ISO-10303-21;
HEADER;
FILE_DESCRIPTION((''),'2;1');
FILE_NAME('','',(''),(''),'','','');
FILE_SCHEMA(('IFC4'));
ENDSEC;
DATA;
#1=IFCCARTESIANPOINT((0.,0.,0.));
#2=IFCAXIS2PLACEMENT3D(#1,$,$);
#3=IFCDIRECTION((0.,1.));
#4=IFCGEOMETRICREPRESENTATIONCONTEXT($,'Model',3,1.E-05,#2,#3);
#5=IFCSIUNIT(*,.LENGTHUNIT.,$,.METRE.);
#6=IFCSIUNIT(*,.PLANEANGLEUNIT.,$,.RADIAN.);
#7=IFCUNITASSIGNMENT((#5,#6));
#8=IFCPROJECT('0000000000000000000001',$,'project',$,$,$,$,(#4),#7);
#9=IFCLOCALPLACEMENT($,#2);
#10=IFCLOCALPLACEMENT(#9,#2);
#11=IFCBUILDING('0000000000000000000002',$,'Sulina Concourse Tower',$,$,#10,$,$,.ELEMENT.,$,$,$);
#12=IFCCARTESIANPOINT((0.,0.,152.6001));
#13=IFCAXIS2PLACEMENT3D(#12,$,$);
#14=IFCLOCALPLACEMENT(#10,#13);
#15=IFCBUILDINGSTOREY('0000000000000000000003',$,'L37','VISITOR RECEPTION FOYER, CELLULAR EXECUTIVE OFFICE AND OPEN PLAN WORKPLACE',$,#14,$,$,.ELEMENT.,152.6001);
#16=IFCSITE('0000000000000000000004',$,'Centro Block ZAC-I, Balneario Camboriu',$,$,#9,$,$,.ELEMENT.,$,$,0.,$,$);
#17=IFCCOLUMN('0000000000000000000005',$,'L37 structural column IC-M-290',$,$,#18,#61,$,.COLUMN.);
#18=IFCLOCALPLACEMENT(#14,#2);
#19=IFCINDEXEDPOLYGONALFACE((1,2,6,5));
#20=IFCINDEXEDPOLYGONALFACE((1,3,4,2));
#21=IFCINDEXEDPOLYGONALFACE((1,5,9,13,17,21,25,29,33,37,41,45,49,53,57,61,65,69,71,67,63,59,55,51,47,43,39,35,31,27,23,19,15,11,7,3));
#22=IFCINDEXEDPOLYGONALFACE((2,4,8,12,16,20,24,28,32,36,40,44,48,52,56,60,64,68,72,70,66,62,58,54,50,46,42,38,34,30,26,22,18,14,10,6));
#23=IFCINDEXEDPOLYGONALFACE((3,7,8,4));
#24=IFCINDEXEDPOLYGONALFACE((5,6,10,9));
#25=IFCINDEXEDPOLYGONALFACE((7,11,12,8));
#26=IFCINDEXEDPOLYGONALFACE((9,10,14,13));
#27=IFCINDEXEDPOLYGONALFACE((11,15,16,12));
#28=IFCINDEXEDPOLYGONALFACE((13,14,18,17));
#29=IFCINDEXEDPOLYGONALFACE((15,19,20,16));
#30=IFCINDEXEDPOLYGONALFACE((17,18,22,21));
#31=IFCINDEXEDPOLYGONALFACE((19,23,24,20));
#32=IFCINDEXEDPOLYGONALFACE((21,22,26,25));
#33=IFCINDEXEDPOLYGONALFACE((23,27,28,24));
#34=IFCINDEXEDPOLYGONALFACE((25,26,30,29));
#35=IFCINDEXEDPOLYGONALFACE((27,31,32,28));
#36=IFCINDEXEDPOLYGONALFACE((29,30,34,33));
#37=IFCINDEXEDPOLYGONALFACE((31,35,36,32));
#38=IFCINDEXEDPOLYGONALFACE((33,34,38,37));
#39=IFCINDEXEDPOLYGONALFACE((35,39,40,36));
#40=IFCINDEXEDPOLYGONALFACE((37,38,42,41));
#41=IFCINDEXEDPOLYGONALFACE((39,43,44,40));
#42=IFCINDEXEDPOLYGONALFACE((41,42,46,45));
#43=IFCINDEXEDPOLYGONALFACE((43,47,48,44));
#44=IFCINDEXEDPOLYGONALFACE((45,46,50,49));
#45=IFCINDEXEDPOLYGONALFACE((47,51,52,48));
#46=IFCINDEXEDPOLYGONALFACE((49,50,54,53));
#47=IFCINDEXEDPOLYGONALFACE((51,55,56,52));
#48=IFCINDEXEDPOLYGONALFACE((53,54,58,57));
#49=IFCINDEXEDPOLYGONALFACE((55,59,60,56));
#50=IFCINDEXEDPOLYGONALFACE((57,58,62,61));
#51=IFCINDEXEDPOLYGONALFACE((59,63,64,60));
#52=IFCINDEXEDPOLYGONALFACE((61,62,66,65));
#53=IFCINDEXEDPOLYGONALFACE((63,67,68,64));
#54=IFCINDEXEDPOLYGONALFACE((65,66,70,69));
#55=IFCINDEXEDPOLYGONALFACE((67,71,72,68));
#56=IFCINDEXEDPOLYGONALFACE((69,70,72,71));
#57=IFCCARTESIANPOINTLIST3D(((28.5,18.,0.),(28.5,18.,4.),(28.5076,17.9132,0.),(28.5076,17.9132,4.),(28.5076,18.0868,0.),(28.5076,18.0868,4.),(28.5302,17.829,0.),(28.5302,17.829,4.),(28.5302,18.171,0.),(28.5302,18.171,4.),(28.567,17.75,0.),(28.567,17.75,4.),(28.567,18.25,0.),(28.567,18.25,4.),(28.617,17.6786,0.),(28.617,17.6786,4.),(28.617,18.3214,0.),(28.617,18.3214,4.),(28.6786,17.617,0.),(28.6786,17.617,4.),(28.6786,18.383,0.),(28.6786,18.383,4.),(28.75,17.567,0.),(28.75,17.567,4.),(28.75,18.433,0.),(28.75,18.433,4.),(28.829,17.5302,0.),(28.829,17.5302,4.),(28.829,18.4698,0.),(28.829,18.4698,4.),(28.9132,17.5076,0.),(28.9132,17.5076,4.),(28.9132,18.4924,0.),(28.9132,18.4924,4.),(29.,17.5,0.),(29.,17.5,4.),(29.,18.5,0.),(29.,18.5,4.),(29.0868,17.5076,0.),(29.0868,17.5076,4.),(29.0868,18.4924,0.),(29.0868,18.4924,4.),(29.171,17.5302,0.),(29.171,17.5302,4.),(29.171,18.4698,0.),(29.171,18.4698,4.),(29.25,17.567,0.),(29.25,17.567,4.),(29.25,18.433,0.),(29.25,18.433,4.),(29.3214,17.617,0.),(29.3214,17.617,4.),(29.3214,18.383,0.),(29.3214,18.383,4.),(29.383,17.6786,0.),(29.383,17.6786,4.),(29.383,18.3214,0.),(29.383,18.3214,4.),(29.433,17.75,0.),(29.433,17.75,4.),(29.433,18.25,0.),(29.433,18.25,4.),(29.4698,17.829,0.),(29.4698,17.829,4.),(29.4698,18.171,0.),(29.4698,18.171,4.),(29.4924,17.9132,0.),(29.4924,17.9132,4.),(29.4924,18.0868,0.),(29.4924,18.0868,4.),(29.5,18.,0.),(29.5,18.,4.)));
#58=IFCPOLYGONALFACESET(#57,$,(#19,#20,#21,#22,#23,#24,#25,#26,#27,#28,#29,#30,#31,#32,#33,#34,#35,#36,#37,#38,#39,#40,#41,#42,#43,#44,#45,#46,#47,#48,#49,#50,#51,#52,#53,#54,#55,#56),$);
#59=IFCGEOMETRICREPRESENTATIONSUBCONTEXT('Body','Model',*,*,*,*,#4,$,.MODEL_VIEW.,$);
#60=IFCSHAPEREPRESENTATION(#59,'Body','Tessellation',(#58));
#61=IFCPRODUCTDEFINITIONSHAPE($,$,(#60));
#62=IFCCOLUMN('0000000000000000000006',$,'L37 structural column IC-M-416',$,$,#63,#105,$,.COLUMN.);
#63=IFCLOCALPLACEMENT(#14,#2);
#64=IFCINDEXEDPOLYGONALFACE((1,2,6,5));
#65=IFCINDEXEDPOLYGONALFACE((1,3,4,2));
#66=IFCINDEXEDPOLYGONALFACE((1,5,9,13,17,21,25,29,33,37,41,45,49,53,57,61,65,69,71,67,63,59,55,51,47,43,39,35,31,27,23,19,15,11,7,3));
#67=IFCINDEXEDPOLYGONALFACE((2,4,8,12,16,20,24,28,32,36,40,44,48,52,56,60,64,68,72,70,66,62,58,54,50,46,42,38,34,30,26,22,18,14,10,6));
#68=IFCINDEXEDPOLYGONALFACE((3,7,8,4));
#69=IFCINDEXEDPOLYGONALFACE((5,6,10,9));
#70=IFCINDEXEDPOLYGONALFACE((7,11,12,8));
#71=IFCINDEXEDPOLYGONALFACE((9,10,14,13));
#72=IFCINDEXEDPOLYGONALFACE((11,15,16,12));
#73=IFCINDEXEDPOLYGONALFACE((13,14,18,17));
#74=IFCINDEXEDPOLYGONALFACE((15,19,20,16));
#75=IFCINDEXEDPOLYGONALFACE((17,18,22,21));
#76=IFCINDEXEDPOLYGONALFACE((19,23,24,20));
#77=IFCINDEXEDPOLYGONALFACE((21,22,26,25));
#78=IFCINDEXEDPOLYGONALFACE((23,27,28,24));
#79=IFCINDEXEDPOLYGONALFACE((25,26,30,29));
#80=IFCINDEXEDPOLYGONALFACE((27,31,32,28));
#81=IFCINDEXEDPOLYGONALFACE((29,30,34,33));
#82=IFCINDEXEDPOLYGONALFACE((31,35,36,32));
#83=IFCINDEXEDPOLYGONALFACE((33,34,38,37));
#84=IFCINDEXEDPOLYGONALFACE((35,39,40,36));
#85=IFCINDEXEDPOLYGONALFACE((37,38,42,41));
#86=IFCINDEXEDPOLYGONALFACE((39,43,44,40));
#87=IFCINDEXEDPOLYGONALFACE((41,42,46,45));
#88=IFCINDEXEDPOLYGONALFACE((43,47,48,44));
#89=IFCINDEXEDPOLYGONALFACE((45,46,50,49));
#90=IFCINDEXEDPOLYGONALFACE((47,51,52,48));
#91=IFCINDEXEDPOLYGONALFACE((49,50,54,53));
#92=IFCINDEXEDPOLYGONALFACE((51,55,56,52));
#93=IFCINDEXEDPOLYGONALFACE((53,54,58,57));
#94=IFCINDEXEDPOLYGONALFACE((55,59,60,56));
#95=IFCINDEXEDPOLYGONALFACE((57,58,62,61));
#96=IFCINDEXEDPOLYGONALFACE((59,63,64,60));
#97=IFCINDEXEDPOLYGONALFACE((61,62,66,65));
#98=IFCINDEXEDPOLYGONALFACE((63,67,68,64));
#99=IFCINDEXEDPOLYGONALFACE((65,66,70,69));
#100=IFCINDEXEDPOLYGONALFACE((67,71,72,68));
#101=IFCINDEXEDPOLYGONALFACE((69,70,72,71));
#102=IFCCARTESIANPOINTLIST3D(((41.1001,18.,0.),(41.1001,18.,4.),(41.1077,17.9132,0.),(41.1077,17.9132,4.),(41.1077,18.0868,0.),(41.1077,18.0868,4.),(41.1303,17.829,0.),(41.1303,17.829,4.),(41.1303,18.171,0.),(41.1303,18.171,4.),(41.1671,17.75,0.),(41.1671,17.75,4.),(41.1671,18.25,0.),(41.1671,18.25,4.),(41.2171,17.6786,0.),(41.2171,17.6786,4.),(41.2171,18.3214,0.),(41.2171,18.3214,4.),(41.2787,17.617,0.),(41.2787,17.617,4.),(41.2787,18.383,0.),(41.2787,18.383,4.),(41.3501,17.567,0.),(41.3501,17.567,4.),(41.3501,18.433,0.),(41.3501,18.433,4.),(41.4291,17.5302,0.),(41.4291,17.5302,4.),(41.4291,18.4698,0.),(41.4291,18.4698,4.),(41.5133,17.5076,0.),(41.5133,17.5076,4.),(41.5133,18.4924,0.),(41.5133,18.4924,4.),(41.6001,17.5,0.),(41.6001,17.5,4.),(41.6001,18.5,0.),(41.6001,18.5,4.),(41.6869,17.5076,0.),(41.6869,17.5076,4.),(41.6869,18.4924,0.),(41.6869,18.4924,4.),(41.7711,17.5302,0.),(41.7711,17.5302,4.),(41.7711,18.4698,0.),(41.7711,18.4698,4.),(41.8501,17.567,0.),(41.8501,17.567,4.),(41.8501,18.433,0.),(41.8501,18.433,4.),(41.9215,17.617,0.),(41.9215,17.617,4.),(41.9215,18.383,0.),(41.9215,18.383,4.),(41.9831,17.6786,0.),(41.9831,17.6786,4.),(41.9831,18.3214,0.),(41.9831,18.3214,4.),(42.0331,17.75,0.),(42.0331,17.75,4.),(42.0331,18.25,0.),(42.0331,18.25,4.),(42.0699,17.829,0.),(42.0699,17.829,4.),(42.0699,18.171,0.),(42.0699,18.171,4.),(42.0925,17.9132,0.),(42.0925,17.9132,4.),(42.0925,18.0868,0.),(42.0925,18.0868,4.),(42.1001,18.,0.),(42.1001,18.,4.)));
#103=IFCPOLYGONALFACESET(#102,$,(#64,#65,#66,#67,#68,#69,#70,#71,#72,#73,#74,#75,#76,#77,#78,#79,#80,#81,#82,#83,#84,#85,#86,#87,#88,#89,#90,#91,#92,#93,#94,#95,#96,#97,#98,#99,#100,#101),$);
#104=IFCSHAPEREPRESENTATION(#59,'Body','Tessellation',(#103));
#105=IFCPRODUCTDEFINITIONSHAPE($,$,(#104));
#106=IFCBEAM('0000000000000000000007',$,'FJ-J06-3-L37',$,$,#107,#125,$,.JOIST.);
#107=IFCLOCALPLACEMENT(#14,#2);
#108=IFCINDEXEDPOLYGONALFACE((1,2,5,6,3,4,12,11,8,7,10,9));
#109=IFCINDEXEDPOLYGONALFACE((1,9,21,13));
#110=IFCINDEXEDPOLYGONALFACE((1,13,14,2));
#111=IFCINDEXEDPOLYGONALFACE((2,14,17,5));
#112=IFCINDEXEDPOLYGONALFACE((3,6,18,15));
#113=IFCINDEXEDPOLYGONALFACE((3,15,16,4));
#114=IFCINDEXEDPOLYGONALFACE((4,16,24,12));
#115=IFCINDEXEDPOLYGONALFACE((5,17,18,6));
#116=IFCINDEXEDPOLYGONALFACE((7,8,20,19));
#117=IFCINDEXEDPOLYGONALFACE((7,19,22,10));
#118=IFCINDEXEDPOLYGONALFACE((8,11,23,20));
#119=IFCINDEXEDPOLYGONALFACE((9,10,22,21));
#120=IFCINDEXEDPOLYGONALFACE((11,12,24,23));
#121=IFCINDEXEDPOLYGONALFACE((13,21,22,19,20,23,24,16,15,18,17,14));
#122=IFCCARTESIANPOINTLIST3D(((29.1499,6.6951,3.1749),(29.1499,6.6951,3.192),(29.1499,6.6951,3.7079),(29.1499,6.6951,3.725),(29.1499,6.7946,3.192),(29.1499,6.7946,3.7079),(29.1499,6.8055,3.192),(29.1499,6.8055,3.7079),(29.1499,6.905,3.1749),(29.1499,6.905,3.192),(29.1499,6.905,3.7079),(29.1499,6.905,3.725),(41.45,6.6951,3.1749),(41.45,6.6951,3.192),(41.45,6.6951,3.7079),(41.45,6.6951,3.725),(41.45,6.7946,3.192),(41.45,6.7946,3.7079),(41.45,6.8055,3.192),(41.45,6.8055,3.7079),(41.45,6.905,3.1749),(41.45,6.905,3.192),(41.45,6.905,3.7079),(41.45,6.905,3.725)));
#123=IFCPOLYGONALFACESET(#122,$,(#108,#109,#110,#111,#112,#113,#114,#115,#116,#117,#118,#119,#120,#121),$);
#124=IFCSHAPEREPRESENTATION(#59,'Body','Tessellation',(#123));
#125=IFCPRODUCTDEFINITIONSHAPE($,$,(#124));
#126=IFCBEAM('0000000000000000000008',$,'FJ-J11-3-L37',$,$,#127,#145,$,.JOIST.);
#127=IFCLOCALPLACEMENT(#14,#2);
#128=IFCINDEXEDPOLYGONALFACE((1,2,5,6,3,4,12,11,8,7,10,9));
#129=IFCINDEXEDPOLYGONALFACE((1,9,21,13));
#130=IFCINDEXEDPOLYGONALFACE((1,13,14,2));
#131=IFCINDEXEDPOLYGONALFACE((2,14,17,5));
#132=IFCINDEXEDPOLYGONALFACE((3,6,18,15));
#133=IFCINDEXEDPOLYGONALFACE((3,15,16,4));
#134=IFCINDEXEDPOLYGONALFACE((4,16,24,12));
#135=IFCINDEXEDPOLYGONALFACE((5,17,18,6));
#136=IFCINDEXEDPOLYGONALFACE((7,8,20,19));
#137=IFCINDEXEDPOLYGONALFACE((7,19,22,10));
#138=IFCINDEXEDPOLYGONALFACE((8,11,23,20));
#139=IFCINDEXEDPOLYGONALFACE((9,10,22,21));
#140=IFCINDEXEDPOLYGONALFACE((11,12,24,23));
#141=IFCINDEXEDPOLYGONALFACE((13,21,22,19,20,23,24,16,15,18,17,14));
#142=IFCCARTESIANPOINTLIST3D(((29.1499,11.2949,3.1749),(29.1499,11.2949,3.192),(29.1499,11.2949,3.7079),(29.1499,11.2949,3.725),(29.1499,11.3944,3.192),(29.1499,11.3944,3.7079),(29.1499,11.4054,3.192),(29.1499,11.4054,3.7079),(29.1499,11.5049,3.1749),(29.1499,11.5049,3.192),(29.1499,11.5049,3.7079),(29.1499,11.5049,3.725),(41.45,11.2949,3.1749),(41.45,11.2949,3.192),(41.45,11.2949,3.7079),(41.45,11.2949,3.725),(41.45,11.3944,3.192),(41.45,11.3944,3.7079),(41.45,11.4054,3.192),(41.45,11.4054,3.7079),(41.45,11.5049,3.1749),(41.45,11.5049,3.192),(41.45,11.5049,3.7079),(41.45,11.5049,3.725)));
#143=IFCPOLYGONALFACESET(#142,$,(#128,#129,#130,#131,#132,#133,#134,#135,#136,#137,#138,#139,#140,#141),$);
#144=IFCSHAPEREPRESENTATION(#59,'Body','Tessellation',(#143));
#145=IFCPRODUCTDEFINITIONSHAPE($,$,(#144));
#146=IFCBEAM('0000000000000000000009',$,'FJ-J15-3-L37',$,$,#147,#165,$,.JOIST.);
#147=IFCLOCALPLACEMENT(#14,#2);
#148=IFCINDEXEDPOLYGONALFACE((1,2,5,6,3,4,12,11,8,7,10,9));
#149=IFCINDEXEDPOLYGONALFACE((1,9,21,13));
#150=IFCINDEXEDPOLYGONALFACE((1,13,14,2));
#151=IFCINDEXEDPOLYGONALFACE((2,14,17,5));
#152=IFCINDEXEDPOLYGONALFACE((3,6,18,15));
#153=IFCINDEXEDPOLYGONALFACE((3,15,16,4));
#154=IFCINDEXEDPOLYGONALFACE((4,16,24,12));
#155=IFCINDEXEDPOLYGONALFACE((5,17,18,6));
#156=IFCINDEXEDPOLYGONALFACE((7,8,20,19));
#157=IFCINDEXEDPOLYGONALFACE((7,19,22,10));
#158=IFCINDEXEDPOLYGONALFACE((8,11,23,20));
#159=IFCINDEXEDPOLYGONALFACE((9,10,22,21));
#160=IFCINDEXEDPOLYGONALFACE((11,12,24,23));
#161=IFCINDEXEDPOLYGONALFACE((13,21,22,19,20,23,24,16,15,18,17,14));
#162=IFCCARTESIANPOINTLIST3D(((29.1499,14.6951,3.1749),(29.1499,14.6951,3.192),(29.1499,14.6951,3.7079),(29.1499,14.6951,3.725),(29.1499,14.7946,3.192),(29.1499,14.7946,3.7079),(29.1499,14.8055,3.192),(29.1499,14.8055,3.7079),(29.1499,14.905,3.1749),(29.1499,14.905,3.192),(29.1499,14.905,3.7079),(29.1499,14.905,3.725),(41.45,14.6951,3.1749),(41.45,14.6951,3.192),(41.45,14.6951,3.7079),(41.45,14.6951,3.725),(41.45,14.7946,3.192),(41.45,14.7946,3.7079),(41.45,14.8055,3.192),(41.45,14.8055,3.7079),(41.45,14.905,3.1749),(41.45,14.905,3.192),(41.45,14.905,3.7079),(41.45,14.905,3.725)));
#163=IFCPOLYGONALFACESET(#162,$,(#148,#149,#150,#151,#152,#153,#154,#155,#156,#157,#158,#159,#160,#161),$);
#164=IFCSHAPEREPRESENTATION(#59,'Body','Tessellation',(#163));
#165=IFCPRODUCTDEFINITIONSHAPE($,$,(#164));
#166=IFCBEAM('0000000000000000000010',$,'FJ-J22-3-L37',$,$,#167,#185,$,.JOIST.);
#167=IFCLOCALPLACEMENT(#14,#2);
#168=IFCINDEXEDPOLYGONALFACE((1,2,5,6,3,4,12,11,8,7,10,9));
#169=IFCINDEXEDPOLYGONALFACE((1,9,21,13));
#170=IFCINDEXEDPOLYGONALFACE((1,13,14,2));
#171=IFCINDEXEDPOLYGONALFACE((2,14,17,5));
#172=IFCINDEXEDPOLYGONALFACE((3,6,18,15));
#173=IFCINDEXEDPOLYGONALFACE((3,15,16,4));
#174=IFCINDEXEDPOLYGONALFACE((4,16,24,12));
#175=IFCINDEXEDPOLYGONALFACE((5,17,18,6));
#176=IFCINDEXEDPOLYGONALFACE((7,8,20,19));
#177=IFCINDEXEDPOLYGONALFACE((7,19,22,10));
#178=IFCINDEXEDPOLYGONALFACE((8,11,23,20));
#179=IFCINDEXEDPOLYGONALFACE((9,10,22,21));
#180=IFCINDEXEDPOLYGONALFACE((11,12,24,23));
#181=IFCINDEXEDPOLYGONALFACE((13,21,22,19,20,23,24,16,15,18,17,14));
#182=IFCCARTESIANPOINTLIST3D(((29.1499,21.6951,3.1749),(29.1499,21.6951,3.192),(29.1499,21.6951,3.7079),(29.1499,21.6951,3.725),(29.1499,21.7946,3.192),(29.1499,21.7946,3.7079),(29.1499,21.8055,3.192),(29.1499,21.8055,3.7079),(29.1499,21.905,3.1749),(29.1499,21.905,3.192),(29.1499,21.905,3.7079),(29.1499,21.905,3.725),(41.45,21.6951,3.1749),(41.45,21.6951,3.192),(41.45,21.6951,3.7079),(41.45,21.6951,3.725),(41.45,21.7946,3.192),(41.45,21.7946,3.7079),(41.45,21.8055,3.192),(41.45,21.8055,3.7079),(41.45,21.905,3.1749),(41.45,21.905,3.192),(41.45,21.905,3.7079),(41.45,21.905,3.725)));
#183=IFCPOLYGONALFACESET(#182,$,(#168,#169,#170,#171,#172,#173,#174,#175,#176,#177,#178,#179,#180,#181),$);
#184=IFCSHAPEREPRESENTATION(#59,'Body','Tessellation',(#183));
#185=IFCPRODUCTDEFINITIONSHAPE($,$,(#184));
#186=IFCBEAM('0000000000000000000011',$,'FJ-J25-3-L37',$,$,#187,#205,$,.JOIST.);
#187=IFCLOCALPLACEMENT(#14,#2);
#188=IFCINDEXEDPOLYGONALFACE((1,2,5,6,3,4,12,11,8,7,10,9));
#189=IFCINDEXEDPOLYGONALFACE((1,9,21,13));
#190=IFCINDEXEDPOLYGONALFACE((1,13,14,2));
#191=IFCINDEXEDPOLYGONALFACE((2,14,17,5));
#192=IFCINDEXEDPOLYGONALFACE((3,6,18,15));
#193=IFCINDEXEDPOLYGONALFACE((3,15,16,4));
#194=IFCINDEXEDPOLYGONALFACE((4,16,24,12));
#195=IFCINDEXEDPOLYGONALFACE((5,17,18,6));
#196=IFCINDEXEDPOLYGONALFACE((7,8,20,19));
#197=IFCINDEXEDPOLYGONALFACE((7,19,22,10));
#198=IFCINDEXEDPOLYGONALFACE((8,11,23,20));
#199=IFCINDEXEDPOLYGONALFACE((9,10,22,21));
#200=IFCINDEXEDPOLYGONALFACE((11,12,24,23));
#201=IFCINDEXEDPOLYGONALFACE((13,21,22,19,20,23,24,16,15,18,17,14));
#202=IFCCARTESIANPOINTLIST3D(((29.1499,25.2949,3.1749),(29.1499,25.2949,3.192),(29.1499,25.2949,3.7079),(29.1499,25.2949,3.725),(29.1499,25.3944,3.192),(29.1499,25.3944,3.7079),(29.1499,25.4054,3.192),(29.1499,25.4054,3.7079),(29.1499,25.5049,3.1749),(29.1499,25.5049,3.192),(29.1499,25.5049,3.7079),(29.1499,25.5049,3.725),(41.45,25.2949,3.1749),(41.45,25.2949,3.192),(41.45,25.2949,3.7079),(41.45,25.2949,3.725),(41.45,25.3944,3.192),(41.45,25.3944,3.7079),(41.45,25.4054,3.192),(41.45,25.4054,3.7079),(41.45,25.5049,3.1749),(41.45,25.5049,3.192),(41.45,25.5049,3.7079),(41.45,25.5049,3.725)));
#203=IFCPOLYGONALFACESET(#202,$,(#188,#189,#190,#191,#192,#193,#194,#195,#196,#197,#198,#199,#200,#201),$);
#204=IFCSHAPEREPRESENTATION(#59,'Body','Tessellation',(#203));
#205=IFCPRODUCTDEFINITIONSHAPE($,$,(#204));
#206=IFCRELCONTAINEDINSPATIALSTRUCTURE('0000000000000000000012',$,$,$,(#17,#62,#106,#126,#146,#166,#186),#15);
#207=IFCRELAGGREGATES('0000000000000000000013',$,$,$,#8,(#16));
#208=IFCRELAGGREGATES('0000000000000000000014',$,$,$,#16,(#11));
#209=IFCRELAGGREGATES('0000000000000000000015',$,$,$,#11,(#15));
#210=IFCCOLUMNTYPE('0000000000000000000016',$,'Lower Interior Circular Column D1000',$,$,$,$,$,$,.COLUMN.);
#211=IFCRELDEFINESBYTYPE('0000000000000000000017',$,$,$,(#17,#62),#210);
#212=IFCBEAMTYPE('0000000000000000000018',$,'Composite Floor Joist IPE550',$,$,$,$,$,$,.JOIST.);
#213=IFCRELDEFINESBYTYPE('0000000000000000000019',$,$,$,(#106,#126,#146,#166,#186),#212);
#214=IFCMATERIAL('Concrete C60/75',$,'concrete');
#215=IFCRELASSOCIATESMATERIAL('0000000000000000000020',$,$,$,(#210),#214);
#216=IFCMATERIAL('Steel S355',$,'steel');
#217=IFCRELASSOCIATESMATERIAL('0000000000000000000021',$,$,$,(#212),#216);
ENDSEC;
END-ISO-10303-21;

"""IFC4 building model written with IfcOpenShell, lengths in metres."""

from ifc_helpers import new_model, si_unit, direction, frame, origin, origin_2d, place, context, subcontext, project, spatial, circle, i_section, extrude, material, material_profile, profile_set, type_object, element, save


model = new_model("IFC4")

# Units and contexts
model_context = context("Model", 3, precision=1e-05, world=origin(), true_north=direction((0.0, 1.0)))
body_context = subcontext(model_context, "Body", "Model", "MODEL_VIEW")
ifc_project = project(units=[si_unit("LENGTHUNIT", "METRE"), si_unit("PLANEANGLEUNIT", "RADIAN")], contexts=[model_context])

# Site, building, storey
site_placement = place(None, origin())
site = spatial("IfcSite", under=ifc_project, at=site_placement, Name="Centro Block ZAC-I, Balneario Camboriu", CompositionType="ELEMENT", RefElevation=0.0)
building_placement = place(site_placement, origin())
building = spatial("IfcBuilding", under=site, at=building_placement, Name="Sulina Concourse Tower", CompositionType="ELEMENT")
storey_placement = place(building_placement, frame((0.0, 0.0, 152.6001)))
storey = spatial("IfcBuildingStorey", under=building, at=storey_placement, Name="L37", Description="VISITOR RECEPTION FOYER, CELLULAR EXECUTIVE OFFICE AND OPEN PLAN WORKPLACE", CompositionType="ELEMENT", Elevation=152.6001)

# Columns
ifc_material_1 = material(Name="Concrete C60/75", Category="concrete")
ifc_material_profile_1 = material_profile(ifc_material_1, circle(Radius=0.5, at=origin_2d()), Name="RC D1000")
ifc_profile_set_1 = profile_set([ifc_material_profile_1], Name="Concrete C60/75")
column_type = type_object("IfcColumnType", Name="Lower Interior Circular Column D1000", PredefinedType="COLUMN", material=ifc_profile_set_1)
for number, where, z_axis, x_axis, name in (
    (1, (29.0, 18.0, 0.0), (0.0, 0.0, 1.0), (1.0, 0.0, 0.0), "L37 structural column IC-M-290"),
    (2, (41.6001, 18.0, 0.0), (0.0, 0.0, 1.0), (1.0, 0.0, 0.0), "L37 structural column IC-M-416"),
):
    element("IfcColumn", number, at=place(storey_placement, frame(where, z_axis=z_axis, x_axis=x_axis)), inside=storey, type_object=column_type, Name=name, PredefinedType="COLUMN", context=body_context, shape_type="SweptSolid", body=[
        extrude(circle(Radius=0.5, at=origin_2d()), origin(), (0.0, 0.0, 1.0), 4.0),
    ])

# Beams
ifc_material_2 = material(Name="Steel S355", Category="steel")
ifc_material_profile_2 = material_profile(ifc_material_2, i_section(OverallWidth=0.21, OverallDepth=0.55, WebThickness=0.011, FlangeThickness=0.0171, at=origin_2d()), Name="IPE 550")
ifc_profile_set_2 = profile_set([ifc_material_profile_2], Name="Steel S355")
beam_type_1 = type_object("IfcBeamType", Name="Composite Floor Joist IPE550", PredefinedType="JOIST", material=ifc_profile_set_2)
for number, where, z_axis, x_axis, name in (
    (3, (29.1499, 6.8, 3.45), (1.0, 0.0, 0.0), (0.0, 1.0, 0.0), "FJ-J06-3-L37"),
    (4, (29.1499, 11.3999, 3.45), (1.0, 0.0, 0.0), (0.0, 1.0, 0.0), "FJ-J11-3-L37"),
    (5, (29.1499, 14.8, 3.45), (1.0, 0.0, 0.0), (0.0, 1.0, 0.0), "FJ-J15-3-L37"),
    (6, (29.1499, 21.8, 3.45), (1.0, 0.0, 0.0), (0.0, 1.0, 0.0), "FJ-J22-3-L37"),
    (7, (29.1499, 25.3999, 3.45), (1.0, 0.0, 0.0), (0.0, 1.0, 0.0), "FJ-J25-3-L37"),
):
    element("IfcBeam", number, at=place(storey_placement, frame(where, z_axis=z_axis, x_axis=x_axis)), inside=storey, type_object=beam_type_1, Name=name, PredefinedType="JOIST", context=body_context, shape_type="SweptSolid", body=[
        extrude(i_section(OverallWidth=0.21, OverallDepth=0.55, WebThickness=0.011, FlangeThickness=0.0171, at=origin_2d()), origin(), (0.0, 0.0, 1.0), 12.3),
    ])

save(model, "model.ifc")
